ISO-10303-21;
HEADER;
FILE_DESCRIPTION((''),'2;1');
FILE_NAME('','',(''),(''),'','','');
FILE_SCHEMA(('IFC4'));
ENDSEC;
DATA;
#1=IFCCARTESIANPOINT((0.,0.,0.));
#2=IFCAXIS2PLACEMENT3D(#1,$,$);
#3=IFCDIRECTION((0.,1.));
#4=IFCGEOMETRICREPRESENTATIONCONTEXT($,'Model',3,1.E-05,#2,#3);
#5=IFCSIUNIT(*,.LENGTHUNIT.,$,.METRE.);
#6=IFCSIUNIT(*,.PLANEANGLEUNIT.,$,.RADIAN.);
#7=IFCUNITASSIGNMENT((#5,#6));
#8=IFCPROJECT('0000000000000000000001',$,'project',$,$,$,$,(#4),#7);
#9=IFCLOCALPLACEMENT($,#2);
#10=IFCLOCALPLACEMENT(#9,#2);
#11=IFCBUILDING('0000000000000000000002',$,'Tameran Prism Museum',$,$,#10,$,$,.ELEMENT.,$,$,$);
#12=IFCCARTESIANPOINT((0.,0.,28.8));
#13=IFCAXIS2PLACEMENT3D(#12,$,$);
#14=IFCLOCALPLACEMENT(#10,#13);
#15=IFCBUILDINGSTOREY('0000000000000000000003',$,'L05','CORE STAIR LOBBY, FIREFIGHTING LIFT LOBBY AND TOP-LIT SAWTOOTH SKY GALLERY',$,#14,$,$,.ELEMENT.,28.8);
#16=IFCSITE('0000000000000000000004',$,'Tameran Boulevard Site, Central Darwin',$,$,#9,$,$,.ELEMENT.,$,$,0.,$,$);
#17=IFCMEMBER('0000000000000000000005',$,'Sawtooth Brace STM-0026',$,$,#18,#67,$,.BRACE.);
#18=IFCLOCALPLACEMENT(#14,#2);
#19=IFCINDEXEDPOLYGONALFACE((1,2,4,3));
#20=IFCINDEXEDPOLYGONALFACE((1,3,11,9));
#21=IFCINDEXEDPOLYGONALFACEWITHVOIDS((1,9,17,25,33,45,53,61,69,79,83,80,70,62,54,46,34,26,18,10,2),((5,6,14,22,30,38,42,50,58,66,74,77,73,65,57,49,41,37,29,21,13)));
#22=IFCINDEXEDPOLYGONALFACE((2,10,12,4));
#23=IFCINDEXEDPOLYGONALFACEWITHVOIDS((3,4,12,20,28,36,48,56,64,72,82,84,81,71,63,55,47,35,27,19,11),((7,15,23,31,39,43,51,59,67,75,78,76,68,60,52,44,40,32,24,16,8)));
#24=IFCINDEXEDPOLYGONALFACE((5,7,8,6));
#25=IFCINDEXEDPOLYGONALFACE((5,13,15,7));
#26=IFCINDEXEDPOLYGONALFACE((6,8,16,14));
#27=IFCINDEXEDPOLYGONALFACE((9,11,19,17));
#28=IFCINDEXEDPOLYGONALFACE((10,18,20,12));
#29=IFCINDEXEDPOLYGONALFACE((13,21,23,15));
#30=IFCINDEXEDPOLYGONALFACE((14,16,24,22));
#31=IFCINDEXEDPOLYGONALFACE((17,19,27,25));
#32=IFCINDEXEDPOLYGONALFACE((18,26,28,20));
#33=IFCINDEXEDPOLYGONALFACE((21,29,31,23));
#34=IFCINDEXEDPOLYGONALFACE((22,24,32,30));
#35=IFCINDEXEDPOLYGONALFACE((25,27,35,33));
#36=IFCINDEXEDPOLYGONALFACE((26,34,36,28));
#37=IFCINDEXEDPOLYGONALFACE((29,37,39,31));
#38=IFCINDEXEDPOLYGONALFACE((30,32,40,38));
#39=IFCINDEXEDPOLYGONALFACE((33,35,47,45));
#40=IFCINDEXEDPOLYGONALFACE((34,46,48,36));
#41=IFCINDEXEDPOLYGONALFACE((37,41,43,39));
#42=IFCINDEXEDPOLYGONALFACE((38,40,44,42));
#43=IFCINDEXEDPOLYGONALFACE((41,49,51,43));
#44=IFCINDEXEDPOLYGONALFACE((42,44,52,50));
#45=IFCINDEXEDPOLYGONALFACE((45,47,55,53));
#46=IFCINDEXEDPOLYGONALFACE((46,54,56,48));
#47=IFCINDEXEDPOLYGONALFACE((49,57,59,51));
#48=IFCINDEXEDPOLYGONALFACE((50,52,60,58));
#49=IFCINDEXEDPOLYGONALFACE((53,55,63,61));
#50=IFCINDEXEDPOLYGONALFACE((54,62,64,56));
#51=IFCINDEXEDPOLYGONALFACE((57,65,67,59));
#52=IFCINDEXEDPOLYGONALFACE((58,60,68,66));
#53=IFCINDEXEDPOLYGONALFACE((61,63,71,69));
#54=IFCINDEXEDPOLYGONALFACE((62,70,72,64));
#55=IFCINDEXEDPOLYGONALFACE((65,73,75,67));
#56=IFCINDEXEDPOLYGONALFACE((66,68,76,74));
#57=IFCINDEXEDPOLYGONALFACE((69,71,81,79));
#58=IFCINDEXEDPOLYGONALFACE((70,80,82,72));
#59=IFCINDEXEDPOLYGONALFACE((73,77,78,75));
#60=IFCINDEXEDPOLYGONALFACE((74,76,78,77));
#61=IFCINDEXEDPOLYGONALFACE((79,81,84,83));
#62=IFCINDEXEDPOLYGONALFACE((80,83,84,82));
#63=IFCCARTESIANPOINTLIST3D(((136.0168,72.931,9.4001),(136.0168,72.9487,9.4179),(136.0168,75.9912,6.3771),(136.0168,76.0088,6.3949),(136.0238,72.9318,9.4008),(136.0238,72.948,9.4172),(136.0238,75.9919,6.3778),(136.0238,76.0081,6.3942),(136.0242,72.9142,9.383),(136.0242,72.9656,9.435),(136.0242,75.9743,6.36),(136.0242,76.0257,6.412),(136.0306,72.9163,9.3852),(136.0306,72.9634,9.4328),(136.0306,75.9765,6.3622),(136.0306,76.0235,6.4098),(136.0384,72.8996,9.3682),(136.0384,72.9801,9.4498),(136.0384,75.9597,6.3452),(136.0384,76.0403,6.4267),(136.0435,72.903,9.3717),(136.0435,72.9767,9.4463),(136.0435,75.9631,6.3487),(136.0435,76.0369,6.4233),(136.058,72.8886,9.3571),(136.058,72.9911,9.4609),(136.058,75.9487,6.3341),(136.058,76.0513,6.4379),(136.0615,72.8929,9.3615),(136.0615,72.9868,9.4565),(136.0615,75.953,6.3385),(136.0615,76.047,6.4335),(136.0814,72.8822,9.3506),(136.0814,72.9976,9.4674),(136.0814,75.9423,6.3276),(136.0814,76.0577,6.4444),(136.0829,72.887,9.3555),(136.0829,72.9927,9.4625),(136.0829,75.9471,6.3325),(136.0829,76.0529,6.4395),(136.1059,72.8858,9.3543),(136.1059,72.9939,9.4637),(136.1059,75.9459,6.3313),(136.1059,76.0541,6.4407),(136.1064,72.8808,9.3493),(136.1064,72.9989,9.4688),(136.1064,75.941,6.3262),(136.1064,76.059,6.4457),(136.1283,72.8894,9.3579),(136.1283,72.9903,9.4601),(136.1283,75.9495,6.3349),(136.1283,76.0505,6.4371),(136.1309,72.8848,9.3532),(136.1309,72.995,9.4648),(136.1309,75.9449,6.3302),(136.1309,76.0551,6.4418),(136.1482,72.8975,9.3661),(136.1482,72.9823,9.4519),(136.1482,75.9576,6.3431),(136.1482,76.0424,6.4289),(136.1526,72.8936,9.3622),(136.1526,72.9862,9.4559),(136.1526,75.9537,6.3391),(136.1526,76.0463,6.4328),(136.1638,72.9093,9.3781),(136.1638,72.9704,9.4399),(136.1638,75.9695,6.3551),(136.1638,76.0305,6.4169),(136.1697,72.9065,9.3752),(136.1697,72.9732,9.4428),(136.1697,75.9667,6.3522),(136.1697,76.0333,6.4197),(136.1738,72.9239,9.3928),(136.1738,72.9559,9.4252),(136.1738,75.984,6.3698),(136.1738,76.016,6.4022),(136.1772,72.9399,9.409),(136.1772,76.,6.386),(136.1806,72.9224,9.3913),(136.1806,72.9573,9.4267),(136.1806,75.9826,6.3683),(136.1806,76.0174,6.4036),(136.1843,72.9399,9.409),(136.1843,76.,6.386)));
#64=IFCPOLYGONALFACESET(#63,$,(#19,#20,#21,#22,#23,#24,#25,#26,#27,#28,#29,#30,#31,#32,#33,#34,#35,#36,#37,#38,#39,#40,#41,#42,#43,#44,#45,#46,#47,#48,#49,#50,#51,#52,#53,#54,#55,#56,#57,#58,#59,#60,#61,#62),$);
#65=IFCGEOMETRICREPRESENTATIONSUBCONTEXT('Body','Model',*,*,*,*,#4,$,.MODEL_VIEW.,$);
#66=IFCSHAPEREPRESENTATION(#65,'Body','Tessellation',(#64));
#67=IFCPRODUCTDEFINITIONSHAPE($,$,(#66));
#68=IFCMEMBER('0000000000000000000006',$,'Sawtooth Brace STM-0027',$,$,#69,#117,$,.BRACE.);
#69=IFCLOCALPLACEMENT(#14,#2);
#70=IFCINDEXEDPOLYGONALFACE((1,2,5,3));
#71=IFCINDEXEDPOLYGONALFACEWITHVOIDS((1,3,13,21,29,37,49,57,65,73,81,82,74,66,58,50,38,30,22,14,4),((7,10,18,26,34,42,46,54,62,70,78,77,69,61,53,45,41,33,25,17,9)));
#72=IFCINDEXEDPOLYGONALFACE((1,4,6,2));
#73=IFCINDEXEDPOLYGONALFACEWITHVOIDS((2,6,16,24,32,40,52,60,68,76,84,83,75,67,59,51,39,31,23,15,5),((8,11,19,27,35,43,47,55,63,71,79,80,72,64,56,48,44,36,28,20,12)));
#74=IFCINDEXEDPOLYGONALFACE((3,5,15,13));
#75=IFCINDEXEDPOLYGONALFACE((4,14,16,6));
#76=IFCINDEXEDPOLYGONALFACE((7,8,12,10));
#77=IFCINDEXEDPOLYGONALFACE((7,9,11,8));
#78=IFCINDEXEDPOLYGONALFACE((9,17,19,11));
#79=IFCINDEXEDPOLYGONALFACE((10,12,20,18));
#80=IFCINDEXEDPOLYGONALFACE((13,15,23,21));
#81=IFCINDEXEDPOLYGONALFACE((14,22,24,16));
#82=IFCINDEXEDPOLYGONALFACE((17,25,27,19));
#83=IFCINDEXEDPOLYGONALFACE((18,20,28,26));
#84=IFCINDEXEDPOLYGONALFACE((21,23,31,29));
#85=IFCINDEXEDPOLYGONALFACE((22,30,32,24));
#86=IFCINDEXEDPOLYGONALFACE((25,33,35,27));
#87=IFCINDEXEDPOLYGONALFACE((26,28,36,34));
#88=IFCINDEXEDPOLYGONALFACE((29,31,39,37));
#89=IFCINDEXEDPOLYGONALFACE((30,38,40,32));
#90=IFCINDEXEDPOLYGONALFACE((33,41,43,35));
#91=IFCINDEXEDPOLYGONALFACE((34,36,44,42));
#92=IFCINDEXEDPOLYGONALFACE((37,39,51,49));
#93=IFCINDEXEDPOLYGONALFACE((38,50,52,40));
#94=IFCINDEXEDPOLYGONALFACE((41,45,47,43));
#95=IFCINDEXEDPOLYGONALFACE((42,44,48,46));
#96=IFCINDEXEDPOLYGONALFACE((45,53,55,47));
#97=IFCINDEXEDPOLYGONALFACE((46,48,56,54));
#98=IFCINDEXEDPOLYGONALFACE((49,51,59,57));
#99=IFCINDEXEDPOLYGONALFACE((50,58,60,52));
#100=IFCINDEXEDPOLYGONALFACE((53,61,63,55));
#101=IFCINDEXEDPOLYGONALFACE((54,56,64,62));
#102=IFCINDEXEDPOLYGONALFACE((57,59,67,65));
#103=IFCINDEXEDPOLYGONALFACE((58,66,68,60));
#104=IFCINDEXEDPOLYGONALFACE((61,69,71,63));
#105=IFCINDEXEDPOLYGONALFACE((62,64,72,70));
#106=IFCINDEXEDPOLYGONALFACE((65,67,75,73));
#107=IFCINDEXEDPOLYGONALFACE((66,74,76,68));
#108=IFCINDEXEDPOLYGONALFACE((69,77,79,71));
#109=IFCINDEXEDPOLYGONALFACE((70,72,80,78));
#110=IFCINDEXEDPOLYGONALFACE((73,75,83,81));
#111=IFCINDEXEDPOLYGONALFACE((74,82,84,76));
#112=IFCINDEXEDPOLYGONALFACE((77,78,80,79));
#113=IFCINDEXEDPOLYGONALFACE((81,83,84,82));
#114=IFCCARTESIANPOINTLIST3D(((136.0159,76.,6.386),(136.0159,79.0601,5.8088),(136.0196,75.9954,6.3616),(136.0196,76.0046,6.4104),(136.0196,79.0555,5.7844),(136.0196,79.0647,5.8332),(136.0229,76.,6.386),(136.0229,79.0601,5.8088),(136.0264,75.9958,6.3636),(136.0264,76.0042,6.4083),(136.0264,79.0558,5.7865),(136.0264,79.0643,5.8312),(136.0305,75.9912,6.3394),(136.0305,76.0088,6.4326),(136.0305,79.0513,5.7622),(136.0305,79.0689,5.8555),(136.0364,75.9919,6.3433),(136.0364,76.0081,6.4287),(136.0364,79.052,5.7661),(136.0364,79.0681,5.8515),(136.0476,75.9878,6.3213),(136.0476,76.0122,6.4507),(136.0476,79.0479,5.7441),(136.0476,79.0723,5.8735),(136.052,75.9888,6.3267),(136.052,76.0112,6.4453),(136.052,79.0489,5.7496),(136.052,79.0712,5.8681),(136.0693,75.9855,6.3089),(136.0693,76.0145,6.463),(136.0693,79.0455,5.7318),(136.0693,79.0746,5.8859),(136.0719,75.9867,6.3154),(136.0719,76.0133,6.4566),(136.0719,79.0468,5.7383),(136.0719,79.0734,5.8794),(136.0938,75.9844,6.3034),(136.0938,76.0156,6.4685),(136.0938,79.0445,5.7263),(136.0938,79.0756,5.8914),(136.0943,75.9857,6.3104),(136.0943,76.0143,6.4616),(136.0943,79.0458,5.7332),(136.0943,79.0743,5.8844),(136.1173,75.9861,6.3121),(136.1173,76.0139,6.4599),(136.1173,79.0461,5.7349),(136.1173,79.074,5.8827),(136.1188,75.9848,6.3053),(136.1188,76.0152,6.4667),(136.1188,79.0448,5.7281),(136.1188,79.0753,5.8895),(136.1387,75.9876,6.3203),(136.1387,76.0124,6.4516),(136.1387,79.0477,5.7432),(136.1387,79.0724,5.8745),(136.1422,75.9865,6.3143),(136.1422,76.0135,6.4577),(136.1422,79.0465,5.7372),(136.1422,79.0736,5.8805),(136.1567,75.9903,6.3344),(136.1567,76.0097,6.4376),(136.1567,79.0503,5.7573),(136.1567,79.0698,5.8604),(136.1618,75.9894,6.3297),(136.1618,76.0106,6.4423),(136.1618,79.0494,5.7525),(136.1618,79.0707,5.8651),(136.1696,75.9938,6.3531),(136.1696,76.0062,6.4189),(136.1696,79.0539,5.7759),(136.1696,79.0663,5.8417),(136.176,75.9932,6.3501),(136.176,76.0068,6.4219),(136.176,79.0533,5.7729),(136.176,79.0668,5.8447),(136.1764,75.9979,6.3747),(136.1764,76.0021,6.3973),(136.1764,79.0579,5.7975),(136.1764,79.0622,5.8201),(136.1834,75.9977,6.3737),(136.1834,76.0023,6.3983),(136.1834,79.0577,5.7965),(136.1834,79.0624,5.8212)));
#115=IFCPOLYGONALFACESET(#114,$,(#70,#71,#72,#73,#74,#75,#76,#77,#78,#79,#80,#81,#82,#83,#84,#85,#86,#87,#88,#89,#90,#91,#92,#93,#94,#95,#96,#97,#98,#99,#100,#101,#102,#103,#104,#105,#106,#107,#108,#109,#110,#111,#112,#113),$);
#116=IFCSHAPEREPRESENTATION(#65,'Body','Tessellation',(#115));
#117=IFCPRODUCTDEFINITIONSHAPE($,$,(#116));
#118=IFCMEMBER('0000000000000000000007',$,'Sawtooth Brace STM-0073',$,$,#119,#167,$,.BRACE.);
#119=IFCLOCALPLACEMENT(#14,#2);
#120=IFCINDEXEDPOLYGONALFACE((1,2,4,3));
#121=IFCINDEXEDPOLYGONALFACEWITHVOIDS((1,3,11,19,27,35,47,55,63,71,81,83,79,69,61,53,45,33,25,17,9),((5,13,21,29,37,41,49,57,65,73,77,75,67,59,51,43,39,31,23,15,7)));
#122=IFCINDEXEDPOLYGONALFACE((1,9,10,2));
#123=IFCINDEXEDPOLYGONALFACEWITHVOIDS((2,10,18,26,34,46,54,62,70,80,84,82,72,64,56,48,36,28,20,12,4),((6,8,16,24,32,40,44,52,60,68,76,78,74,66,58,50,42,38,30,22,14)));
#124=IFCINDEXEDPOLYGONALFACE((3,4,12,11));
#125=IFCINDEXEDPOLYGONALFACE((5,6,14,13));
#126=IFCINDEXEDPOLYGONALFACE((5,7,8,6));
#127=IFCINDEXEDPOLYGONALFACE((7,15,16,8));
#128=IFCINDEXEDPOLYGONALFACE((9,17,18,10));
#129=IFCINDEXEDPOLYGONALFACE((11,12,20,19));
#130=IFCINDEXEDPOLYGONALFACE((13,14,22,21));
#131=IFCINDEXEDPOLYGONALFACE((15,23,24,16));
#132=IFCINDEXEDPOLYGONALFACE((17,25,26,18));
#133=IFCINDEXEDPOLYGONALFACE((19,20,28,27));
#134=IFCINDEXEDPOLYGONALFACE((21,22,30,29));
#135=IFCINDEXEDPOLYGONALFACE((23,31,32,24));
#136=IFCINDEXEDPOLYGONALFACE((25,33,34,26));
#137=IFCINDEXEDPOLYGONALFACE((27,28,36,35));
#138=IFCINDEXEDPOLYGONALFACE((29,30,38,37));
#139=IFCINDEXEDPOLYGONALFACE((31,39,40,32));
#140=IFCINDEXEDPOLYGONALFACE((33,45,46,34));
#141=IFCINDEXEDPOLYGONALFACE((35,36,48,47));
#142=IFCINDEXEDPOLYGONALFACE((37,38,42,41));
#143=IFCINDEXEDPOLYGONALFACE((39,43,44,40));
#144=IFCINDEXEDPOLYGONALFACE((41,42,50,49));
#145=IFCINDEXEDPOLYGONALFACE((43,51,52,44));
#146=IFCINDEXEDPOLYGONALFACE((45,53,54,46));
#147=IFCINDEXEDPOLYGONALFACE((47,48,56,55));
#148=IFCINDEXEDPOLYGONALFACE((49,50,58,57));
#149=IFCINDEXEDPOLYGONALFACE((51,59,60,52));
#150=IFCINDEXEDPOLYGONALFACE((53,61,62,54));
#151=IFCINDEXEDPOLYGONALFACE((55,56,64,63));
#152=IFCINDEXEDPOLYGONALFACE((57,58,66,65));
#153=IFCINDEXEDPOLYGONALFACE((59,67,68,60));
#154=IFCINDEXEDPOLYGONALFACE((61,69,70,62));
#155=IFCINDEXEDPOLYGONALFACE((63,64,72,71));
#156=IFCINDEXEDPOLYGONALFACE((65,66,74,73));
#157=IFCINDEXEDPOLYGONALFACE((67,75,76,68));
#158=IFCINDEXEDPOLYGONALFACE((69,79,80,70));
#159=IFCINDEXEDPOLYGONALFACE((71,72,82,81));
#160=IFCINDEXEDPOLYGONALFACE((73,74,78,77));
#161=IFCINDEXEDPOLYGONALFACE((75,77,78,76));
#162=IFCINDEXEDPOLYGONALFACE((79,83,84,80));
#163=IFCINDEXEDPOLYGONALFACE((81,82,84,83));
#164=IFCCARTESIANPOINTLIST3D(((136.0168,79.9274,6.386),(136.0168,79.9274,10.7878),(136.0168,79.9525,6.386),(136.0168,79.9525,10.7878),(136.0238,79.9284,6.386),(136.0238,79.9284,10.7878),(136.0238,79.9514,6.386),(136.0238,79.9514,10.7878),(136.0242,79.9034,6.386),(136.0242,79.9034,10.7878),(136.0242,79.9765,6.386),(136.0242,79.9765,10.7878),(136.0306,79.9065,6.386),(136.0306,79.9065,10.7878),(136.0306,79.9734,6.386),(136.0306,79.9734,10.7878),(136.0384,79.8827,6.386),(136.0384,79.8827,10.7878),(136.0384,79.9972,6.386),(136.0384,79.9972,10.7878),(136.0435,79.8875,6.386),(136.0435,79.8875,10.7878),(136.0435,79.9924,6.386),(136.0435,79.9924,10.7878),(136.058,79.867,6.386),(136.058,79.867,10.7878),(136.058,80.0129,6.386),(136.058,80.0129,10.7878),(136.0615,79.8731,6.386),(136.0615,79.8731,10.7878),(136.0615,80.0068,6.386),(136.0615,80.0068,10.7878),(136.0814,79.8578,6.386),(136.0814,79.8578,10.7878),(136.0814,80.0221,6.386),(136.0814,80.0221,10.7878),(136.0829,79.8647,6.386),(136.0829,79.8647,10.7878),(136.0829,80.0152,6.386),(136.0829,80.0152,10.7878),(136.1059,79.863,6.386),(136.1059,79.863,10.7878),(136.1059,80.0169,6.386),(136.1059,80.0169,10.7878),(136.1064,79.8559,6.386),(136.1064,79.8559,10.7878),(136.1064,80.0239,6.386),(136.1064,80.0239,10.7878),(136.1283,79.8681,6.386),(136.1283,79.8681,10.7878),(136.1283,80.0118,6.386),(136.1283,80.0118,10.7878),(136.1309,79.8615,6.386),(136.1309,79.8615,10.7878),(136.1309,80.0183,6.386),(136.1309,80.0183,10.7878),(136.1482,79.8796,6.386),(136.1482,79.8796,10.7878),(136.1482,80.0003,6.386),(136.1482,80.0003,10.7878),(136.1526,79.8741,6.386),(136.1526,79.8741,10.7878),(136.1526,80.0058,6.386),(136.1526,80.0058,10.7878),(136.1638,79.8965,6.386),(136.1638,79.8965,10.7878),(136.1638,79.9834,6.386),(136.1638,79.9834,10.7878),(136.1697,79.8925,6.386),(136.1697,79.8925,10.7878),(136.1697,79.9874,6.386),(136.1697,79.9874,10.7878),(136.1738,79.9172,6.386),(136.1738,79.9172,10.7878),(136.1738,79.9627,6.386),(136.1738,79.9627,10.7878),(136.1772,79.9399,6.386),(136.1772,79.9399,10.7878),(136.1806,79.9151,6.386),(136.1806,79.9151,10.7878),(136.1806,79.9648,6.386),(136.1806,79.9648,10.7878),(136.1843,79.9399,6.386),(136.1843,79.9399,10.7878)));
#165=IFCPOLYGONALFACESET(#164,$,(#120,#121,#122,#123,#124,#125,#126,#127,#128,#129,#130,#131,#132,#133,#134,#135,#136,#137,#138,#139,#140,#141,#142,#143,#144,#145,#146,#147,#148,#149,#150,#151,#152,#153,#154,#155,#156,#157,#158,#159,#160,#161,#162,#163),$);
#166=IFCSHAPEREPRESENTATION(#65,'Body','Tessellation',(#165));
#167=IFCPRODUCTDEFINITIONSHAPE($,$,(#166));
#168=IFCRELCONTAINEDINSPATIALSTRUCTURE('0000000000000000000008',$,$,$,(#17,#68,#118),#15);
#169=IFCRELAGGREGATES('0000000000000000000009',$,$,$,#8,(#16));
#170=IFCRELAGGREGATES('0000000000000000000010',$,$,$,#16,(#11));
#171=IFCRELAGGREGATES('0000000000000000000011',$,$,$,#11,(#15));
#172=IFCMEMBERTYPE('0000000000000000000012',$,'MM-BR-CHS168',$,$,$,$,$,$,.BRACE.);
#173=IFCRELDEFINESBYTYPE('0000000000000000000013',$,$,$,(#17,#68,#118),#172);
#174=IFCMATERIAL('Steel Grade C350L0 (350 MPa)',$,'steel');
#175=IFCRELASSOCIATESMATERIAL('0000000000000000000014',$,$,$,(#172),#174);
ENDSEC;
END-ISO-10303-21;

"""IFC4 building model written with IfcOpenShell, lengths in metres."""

from ifc_helpers import new_model, si_unit, direction, frame, origin, origin_2d, place, context, subcontext, project, spatial, hollow_circle, extrude, material, material_profile, profile_set, type_object, element, save


model = new_model("IFC4")

# Units and contexts
model_context = context("Model", 3, precision=1e-05, world=origin(), true_north=direction((0.0, 1.0)))
body_context = subcontext(model_context, "Body", "Model", "MODEL_VIEW")
ifc_project = project(units=[si_unit("LENGTHUNIT", "METRE"), si_unit("PLANEANGLEUNIT", "RADIAN")], contexts=[model_context])

# Site, building, storey
site_placement = place(None, origin())
site = spatial("IfcSite", under=ifc_project, at=site_placement, Name="Tameran Boulevard Site, Central Darwin", CompositionType="ELEMENT", RefElevation=0.0)
building_placement = place(site_placement, origin())
building = spatial("IfcBuilding", under=site, at=building_placement, Name="Tameran Prism Museum", CompositionType="ELEMENT")
storey_placement = place(building_placement, frame((0.0, 0.0, 28.8)))
storey = spatial("IfcBuildingStorey", under=building, at=storey_placement, Name="L05", Description="CORE STAIR LOBBY, FIREFIGHTING LIFT LOBBY AND TOP-LIT SAWTOOTH SKY GALLERY", CompositionType="ELEMENT", Elevation=28.8)

# Members
ifc_material_1 = material(Name="Steel Grade C350L0 (350 MPa)", Category="steel")
ifc_material_profile_1 = material_profile(ifc_material_1, hollow_circle(Radius=0.0842, WallThickness=0.0071, at=origin_2d()))
ifc_profile_set_1 = profile_set([ifc_material_profile_1])
member_type_1 = type_object("IfcMemberType", Name="MM-BR-CHS168", PredefinedType="BRACE", material=ifc_profile_set_1)
member_1_placement = place(storey_placement, frame((136.1001, 76.0, 6.386), z_axis=(0.0, -0.711407, 0.70278), x_axis=(1.0, 0.0, 0.0)))
element("IfcMember", 1, at=member_1_placement, inside=storey, type_object=member_type_1, Name="Sawtooth Brace STM-0026", PredefinedType="BRACE", context=body_context, shape_type="SweptSolid", body=[
    extrude(hollow_circle(Radius=0.0842, WallThickness=0.0071, at=origin_2d()), origin(), (0.0, 0.0, 1.0), 4.3015),
])
member_2_placement = place(storey_placement, frame((136.1001, 76.0, 6.386), z_axis=(0.0, 0.982675, -0.185339), x_axis=(-1.0, 0.0, 0.0)))
element("IfcMember", 2, at=member_2_placement, inside=storey, type_object=member_type_1, Name="Sawtooth Brace STM-0027", PredefinedType="BRACE", context=body_context, shape_type="SweptSolid", body=[
    extrude(hollow_circle(Radius=0.0842, WallThickness=0.0071, at=origin_2d()), origin(), (0.0, 0.0, 1.0), 3.114),
])
member_3_placement = place(storey_placement, frame((136.1001, 79.9399, 6.386), z_axis=(0.0, 0.0, 1.0), x_axis=(1.0, 0.0, 0.0)))
element("IfcMember", 3, at=member_3_placement, inside=storey, type_object=member_type_1, Name="Sawtooth Brace STM-0073", PredefinedType="BRACE", context=body_context, shape_type="SweptSolid", body=[
    extrude(hollow_circle(Radius=0.0842, WallThickness=0.0071, at=origin_2d()), origin(), (0.0, 0.0, 1.0), 4.4019),
])

save(model, "model.ifc")
